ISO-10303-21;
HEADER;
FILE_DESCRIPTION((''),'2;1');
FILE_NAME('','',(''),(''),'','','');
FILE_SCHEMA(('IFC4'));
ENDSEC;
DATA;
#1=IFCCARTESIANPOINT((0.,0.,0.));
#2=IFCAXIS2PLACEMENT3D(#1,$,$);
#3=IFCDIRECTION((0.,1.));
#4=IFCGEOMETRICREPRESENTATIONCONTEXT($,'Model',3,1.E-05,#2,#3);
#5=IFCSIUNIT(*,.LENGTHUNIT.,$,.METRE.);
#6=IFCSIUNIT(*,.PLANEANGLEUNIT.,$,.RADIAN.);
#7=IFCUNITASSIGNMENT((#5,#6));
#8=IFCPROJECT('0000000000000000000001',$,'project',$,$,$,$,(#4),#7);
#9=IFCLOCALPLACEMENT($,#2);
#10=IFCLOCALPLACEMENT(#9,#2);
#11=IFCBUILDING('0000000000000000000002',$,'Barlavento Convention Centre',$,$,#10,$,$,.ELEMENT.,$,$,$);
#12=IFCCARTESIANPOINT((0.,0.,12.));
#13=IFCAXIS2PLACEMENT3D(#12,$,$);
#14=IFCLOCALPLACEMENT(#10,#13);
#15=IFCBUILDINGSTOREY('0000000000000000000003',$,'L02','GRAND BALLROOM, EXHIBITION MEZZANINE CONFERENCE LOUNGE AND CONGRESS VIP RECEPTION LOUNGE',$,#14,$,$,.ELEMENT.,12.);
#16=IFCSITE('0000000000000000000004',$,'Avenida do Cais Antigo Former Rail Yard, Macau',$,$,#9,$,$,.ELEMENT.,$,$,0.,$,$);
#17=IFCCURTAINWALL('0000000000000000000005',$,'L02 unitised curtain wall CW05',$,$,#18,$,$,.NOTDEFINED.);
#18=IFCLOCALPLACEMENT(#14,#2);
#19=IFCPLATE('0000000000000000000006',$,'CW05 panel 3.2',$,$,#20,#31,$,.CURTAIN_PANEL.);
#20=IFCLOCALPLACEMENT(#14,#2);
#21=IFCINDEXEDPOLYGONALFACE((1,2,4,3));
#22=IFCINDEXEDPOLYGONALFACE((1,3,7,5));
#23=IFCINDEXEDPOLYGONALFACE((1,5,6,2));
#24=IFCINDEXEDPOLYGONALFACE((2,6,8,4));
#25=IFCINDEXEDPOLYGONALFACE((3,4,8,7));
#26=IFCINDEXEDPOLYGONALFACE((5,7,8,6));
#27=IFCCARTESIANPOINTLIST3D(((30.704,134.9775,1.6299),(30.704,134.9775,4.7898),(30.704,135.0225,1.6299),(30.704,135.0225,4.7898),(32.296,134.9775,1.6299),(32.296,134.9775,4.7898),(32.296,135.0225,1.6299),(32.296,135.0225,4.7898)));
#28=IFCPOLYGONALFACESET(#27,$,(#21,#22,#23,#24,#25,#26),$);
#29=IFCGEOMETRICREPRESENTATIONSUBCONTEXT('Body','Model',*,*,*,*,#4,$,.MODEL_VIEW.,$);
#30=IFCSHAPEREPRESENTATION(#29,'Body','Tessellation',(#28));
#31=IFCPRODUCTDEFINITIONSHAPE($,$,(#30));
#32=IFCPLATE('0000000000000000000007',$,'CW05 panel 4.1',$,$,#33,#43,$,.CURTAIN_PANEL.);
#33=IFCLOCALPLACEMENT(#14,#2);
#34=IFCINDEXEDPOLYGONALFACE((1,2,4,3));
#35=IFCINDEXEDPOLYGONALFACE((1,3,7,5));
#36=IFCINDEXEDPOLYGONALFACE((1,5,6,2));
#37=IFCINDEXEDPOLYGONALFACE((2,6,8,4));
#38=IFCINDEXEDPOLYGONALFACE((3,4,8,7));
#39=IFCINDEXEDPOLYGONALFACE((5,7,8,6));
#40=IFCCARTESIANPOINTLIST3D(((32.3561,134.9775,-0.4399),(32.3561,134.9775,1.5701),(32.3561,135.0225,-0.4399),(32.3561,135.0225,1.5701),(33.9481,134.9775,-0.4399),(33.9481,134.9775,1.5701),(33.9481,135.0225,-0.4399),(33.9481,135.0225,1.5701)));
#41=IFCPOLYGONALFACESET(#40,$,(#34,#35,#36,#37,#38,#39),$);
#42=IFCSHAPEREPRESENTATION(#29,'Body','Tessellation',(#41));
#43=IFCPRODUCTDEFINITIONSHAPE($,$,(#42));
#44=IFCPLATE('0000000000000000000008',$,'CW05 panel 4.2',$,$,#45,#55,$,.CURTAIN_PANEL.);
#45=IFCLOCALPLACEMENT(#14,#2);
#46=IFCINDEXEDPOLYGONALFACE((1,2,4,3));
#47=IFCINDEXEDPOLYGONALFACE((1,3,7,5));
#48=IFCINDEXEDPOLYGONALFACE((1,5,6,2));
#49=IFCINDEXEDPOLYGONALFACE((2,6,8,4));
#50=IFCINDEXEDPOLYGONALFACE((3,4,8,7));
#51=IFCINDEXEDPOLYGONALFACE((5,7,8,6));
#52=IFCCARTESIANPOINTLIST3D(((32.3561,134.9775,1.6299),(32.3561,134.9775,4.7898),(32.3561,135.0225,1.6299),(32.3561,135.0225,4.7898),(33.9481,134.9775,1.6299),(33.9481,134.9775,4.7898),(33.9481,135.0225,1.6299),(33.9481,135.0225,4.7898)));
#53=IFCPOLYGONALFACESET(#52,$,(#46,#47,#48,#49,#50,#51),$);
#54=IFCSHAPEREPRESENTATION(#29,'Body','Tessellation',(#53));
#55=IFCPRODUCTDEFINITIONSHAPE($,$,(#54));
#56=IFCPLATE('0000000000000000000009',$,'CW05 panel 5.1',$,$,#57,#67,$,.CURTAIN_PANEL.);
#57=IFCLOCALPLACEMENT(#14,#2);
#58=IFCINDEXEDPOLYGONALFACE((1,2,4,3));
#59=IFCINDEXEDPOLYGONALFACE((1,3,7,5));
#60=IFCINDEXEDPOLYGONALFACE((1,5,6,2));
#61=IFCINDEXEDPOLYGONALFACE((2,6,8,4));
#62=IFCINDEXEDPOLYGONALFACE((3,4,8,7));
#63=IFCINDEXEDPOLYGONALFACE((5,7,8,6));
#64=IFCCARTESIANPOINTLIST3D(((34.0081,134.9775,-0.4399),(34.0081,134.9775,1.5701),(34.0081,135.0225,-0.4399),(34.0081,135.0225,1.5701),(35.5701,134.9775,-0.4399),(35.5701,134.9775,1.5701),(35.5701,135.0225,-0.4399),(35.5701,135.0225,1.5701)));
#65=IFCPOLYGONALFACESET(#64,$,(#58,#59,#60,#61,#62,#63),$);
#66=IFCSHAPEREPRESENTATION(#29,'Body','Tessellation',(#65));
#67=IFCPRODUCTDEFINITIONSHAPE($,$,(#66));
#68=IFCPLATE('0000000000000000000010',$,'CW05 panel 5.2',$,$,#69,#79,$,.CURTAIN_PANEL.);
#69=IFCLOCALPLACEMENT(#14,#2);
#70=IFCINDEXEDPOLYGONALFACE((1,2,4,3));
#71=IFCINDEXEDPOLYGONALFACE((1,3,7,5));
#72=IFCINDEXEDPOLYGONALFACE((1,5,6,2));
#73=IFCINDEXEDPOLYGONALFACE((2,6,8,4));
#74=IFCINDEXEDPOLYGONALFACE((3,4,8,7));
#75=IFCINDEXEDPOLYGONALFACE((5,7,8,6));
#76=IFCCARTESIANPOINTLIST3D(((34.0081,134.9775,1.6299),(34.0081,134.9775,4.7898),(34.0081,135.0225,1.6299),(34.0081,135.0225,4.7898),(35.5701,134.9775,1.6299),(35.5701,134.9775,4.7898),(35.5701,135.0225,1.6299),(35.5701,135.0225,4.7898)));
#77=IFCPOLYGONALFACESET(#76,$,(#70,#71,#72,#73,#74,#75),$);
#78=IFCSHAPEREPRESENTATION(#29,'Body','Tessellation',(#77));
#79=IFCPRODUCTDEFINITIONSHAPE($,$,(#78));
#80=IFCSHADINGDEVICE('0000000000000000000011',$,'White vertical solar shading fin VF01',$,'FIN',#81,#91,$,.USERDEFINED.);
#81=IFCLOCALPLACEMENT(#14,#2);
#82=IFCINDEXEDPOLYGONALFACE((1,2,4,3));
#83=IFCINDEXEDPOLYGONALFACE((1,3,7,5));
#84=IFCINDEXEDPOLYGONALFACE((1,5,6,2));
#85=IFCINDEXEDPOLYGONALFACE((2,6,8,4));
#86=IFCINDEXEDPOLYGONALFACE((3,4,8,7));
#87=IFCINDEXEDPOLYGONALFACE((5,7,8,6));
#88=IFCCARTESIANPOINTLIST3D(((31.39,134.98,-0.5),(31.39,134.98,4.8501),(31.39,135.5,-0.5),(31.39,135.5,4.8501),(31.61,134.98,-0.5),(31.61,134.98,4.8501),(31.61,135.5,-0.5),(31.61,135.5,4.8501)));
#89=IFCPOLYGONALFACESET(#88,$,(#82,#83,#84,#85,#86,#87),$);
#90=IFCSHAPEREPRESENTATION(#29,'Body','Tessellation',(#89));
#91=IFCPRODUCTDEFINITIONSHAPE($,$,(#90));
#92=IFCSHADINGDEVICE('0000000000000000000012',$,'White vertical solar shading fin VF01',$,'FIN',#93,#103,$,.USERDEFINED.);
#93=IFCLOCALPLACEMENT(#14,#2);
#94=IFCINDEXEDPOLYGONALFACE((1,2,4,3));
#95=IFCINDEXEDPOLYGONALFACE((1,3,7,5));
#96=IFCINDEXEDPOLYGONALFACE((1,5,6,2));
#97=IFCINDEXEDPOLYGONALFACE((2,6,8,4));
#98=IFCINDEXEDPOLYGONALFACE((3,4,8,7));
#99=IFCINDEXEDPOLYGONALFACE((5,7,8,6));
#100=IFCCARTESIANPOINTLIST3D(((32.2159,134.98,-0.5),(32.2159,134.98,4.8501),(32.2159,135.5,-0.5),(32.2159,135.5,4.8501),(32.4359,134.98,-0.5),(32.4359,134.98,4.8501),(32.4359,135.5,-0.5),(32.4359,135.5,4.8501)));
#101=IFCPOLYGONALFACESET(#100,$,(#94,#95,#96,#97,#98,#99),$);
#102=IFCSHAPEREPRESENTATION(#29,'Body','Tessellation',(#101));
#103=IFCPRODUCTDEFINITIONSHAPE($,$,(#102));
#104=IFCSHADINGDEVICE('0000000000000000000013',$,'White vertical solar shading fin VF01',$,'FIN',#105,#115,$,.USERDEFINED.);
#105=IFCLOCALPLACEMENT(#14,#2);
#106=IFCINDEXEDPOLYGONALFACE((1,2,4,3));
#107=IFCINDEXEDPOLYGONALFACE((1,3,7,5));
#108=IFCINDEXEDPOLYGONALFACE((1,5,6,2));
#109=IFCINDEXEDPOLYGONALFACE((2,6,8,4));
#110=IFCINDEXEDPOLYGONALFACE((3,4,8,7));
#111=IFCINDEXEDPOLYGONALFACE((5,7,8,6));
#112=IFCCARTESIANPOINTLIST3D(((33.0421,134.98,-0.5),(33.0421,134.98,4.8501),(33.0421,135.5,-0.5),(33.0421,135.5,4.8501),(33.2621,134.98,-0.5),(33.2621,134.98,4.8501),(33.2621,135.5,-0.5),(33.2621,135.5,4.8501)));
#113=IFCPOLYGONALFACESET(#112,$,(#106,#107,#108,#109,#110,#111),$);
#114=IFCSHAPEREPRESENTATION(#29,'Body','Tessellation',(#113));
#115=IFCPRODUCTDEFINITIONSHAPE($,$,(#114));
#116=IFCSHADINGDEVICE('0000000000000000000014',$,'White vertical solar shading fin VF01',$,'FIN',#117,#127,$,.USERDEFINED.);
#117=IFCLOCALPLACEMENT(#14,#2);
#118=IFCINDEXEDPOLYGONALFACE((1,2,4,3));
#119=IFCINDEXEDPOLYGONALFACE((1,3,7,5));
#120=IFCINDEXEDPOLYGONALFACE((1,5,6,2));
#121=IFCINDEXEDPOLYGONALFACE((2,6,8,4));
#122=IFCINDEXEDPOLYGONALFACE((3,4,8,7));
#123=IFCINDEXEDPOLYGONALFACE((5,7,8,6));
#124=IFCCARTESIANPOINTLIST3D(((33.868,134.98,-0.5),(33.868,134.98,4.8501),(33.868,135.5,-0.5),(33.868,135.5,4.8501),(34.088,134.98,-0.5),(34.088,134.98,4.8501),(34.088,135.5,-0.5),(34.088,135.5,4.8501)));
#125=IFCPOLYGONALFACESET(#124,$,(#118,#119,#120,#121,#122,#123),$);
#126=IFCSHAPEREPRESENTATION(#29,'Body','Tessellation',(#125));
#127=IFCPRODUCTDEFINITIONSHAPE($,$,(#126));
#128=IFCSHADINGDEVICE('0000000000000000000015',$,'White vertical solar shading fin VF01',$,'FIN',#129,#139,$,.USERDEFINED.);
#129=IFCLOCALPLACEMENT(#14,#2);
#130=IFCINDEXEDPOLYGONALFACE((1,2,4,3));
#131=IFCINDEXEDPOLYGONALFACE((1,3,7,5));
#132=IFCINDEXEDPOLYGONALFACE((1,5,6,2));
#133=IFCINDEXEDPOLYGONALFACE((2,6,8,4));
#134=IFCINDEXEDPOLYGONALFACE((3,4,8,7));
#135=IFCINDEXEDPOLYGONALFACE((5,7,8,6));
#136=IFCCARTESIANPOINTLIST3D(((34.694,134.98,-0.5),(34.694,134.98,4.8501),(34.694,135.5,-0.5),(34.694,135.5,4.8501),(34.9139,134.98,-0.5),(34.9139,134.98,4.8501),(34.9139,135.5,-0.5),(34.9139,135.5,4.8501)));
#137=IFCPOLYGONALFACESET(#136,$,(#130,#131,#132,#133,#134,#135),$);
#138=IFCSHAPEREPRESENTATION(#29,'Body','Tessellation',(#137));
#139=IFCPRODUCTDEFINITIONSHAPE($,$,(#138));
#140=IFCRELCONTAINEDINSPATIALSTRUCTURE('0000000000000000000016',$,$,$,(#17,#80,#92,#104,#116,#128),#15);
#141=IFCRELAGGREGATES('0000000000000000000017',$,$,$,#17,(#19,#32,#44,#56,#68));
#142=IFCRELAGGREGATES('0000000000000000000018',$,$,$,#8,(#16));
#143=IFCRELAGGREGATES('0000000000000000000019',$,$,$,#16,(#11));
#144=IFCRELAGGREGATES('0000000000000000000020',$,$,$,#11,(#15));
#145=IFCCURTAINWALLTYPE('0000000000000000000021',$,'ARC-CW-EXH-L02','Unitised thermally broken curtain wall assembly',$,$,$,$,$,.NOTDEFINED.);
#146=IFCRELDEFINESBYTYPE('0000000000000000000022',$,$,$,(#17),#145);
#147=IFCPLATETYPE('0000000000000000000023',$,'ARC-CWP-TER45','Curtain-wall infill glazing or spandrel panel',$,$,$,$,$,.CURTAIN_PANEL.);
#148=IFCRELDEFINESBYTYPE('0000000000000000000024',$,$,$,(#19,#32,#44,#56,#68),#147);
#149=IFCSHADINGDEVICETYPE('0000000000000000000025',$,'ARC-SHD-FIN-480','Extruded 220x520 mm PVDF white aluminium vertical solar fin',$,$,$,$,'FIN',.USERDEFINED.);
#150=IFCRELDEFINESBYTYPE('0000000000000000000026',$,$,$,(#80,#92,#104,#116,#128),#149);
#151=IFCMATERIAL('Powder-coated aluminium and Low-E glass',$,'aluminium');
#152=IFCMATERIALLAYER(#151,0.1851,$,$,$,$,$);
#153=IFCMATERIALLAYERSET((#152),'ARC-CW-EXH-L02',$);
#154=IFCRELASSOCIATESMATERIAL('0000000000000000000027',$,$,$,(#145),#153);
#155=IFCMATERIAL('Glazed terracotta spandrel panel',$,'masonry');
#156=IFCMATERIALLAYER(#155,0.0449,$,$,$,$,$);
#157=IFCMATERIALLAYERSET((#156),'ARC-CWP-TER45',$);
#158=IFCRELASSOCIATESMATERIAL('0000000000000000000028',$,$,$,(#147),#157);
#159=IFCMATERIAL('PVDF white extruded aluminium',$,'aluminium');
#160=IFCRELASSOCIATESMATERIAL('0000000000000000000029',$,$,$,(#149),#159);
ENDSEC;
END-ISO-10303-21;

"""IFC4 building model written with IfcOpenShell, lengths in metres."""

from ifc_helpers import new_model, si_unit, direction, frame, origin, origin_2d, place, context, subcontext, project, spatial, rectangle, extrude, material, layer, layer_set, type_object, element, aggregate, save


model = new_model("IFC4")

# Units and contexts
model_context = context("Model", 3, precision=1e-05, world=origin(), true_north=direction((0.0, 1.0)))
body_context = subcontext(model_context, "Body", "Model", "MODEL_VIEW")
ifc_project = project(units=[si_unit("LENGTHUNIT", "METRE"), si_unit("PLANEANGLEUNIT", "RADIAN")], contexts=[model_context])

# Site, building, storey
site_placement = place(None, origin())
site = spatial("IfcSite", under=ifc_project, at=site_placement, Name="Avenida do Cais Antigo Former Rail Yard, Macau", CompositionType="ELEMENT", RefElevation=0.0)
building_placement = place(site_placement, origin())
building = spatial("IfcBuilding", under=site, at=building_placement, Name="Barlavento Convention Centre", CompositionType="ELEMENT")
storey_placement = place(building_placement, frame((0.0, 0.0, 12.0)))
storey = spatial("IfcBuildingStorey", under=building, at=storey_placement, Name="L02", Description="GRAND BALLROOM, EXHIBITION MEZZANINE CONFERENCE LOUNGE AND CONGRESS VIP RECEPTION LOUNGE", CompositionType="ELEMENT", Elevation=12.0)

# Curtain wall, plates
ifc_material_1 = material(Name="Powder-coated aluminium and Low-E glass", Category="aluminium")
ifc_layer_1 = layer(ifc_material_1, 0.1851)
ifc_layer_set_1 = layer_set([ifc_layer_1], Name="ARC-CW-EXH-L02")
curtain_wall_type = type_object("IfcCurtainWallType", Name="ARC-CW-EXH-L02", Description="Unitised thermally broken curtain wall assembly", PredefinedType="NOTDEFINED", material=ifc_layer_set_1)
curtain_wall_placement = place(storey_placement, origin())
curtain_wall = element("IfcCurtainWall", 1, at=curtain_wall_placement, inside=storey, type_object=curtain_wall_type, Name="L02 unitised curtain wall CW05", PredefinedType="NOTDEFINED")
ifc_material_2 = material(Name="Glazed terracotta spandrel panel", Category="masonry")
ifc_layer_2 = layer(ifc_material_2, 0.0449)
ifc_layer_set_2 = layer_set([ifc_layer_2], Name="ARC-CWP-TER45")
plate_type = type_object("IfcPlateType", Name="ARC-CWP-TER45", Description="Curtain-wall infill glazing or spandrel panel", PredefinedType="CURTAIN_PANEL", material=ifc_layer_set_2)
plate_1_placement = place(storey_placement, frame((31.5, 135.0, 1.6299), z_axis=(0.0, 0.0, 1.0), x_axis=(1.0, 0.0, 0.0)))
plate_1 = element("IfcPlate", 2, at=plate_1_placement, type_object=plate_type, Name="CW05 panel 3.2", PredefinedType="CURTAIN_PANEL", context=body_context, shape_type="SweptSolid", body=[
    extrude(rectangle(XDim=1.592, YDim=0.0449, at=origin_2d()), origin(), (0.0, 0.0, 1.0), 3.1599),
])
plate_2_placement = place(storey_placement, frame((33.1521, 135.0, -0.4399), z_axis=(0.0, 0.0, 1.0), x_axis=(1.0, 0.0, 0.0)))
plate_2 = element("IfcPlate", 3, at=plate_2_placement, type_object=plate_type, Name="CW05 panel 4.1", PredefinedType="CURTAIN_PANEL", context=body_context, shape_type="SweptSolid", body=[
    extrude(rectangle(XDim=1.592, YDim=0.0449, at=origin_2d()), origin(), (0.0, 0.0, 1.0), 2.01),
])
plate_3_placement = place(storey_placement, frame((33.1521, 135.0, 1.6299), z_axis=(0.0, 0.0, 1.0), x_axis=(1.0, 0.0, 0.0)))
plate_3 = element("IfcPlate", 4, at=plate_3_placement, type_object=plate_type, Name="CW05 panel 4.2", PredefinedType="CURTAIN_PANEL", context=body_context, shape_type="SweptSolid", body=[
    extrude(rectangle(XDim=1.592, YDim=0.0449, at=origin_2d()), origin(), (0.0, 0.0, 1.0), 3.1599),
])
plate_4_placement = place(storey_placement, frame((34.7891, 135.0, -0.4399), z_axis=(0.0, 0.0, 1.0), x_axis=(1.0, 0.0, 0.0)))
plate_4 = element("IfcPlate", 5, at=plate_4_placement, type_object=plate_type, Name="CW05 panel 5.1", PredefinedType="CURTAIN_PANEL", context=body_context, shape_type="SweptSolid", body=[
    extrude(rectangle(XDim=1.562, YDim=0.0449, at=origin_2d()), origin(), (0.0, 0.0, 1.0), 2.01),
])
plate_5_placement = place(storey_placement, frame((34.7891, 135.0, 1.6299), z_axis=(0.0, 0.0, 1.0), x_axis=(1.0, 0.0, 0.0)))
plate_5 = element("IfcPlate", 6, at=plate_5_placement, type_object=plate_type, Name="CW05 panel 5.2", PredefinedType="CURTAIN_PANEL", context=body_context, shape_type="SweptSolid", body=[
    extrude(rectangle(XDim=1.562, YDim=0.0449, at=origin_2d()), origin(), (0.0, 0.0, 1.0), 3.1599),
])
aggregate(curtain_wall, [plate_1, plate_2, plate_3, plate_4, plate_5])

# Shading devices
ifc_material_3 = material(Name="PVDF white extruded aluminium", Category="aluminium")
shading_device_type = type_object("IfcShadingDeviceType", Name="ARC-SHD-FIN-480", Description="Extruded 220x520 mm PVDF white aluminium vertical solar fin", ElementType="FIN", PredefinedType="USERDEFINED", material=ifc_material_3)
for number, where, z_axis, x_axis, name in (
    (7, (31.5, 135.24, -0.5), (0.0, 0.0, 1.0), (1.0, 0.0, 0.0), "White vertical solar shading fin VF01"),
    (8, (32.3259, 135.24, -0.5), (0.0, 0.0, 1.0), (1.0, 0.0, 0.0), "White vertical solar shading fin VF01"),
    (9, (33.1521, 135.24, -0.5), (0.0, 0.0, 1.0), (1.0, 0.0, 0.0), "White vertical solar shading fin VF01"),
    (10, (33.978, 135.24, -0.5), (0.0, 0.0, 1.0), (1.0, 0.0, 0.0), "White vertical solar shading fin VF01"),
    (11, (34.804, 135.24, -0.5), (0.0, 0.0, 1.0), (1.0, 0.0, 0.0), "White vertical solar shading fin VF01"),
):
    element("IfcShadingDevice", number, at=place(storey_placement, frame(where, z_axis=z_axis, x_axis=x_axis)), inside=storey, type_object=shading_device_type, Name=name, ObjectType="FIN", PredefinedType="USERDEFINED", context=body_context, shape_type="SweptSolid", body=[
        extrude(rectangle(XDim=0.22, YDim=0.52, at=origin_2d()), origin(), (0.0, 0.0, 1.0), 5.3501),
    ])

save(model, "model.ifc")
